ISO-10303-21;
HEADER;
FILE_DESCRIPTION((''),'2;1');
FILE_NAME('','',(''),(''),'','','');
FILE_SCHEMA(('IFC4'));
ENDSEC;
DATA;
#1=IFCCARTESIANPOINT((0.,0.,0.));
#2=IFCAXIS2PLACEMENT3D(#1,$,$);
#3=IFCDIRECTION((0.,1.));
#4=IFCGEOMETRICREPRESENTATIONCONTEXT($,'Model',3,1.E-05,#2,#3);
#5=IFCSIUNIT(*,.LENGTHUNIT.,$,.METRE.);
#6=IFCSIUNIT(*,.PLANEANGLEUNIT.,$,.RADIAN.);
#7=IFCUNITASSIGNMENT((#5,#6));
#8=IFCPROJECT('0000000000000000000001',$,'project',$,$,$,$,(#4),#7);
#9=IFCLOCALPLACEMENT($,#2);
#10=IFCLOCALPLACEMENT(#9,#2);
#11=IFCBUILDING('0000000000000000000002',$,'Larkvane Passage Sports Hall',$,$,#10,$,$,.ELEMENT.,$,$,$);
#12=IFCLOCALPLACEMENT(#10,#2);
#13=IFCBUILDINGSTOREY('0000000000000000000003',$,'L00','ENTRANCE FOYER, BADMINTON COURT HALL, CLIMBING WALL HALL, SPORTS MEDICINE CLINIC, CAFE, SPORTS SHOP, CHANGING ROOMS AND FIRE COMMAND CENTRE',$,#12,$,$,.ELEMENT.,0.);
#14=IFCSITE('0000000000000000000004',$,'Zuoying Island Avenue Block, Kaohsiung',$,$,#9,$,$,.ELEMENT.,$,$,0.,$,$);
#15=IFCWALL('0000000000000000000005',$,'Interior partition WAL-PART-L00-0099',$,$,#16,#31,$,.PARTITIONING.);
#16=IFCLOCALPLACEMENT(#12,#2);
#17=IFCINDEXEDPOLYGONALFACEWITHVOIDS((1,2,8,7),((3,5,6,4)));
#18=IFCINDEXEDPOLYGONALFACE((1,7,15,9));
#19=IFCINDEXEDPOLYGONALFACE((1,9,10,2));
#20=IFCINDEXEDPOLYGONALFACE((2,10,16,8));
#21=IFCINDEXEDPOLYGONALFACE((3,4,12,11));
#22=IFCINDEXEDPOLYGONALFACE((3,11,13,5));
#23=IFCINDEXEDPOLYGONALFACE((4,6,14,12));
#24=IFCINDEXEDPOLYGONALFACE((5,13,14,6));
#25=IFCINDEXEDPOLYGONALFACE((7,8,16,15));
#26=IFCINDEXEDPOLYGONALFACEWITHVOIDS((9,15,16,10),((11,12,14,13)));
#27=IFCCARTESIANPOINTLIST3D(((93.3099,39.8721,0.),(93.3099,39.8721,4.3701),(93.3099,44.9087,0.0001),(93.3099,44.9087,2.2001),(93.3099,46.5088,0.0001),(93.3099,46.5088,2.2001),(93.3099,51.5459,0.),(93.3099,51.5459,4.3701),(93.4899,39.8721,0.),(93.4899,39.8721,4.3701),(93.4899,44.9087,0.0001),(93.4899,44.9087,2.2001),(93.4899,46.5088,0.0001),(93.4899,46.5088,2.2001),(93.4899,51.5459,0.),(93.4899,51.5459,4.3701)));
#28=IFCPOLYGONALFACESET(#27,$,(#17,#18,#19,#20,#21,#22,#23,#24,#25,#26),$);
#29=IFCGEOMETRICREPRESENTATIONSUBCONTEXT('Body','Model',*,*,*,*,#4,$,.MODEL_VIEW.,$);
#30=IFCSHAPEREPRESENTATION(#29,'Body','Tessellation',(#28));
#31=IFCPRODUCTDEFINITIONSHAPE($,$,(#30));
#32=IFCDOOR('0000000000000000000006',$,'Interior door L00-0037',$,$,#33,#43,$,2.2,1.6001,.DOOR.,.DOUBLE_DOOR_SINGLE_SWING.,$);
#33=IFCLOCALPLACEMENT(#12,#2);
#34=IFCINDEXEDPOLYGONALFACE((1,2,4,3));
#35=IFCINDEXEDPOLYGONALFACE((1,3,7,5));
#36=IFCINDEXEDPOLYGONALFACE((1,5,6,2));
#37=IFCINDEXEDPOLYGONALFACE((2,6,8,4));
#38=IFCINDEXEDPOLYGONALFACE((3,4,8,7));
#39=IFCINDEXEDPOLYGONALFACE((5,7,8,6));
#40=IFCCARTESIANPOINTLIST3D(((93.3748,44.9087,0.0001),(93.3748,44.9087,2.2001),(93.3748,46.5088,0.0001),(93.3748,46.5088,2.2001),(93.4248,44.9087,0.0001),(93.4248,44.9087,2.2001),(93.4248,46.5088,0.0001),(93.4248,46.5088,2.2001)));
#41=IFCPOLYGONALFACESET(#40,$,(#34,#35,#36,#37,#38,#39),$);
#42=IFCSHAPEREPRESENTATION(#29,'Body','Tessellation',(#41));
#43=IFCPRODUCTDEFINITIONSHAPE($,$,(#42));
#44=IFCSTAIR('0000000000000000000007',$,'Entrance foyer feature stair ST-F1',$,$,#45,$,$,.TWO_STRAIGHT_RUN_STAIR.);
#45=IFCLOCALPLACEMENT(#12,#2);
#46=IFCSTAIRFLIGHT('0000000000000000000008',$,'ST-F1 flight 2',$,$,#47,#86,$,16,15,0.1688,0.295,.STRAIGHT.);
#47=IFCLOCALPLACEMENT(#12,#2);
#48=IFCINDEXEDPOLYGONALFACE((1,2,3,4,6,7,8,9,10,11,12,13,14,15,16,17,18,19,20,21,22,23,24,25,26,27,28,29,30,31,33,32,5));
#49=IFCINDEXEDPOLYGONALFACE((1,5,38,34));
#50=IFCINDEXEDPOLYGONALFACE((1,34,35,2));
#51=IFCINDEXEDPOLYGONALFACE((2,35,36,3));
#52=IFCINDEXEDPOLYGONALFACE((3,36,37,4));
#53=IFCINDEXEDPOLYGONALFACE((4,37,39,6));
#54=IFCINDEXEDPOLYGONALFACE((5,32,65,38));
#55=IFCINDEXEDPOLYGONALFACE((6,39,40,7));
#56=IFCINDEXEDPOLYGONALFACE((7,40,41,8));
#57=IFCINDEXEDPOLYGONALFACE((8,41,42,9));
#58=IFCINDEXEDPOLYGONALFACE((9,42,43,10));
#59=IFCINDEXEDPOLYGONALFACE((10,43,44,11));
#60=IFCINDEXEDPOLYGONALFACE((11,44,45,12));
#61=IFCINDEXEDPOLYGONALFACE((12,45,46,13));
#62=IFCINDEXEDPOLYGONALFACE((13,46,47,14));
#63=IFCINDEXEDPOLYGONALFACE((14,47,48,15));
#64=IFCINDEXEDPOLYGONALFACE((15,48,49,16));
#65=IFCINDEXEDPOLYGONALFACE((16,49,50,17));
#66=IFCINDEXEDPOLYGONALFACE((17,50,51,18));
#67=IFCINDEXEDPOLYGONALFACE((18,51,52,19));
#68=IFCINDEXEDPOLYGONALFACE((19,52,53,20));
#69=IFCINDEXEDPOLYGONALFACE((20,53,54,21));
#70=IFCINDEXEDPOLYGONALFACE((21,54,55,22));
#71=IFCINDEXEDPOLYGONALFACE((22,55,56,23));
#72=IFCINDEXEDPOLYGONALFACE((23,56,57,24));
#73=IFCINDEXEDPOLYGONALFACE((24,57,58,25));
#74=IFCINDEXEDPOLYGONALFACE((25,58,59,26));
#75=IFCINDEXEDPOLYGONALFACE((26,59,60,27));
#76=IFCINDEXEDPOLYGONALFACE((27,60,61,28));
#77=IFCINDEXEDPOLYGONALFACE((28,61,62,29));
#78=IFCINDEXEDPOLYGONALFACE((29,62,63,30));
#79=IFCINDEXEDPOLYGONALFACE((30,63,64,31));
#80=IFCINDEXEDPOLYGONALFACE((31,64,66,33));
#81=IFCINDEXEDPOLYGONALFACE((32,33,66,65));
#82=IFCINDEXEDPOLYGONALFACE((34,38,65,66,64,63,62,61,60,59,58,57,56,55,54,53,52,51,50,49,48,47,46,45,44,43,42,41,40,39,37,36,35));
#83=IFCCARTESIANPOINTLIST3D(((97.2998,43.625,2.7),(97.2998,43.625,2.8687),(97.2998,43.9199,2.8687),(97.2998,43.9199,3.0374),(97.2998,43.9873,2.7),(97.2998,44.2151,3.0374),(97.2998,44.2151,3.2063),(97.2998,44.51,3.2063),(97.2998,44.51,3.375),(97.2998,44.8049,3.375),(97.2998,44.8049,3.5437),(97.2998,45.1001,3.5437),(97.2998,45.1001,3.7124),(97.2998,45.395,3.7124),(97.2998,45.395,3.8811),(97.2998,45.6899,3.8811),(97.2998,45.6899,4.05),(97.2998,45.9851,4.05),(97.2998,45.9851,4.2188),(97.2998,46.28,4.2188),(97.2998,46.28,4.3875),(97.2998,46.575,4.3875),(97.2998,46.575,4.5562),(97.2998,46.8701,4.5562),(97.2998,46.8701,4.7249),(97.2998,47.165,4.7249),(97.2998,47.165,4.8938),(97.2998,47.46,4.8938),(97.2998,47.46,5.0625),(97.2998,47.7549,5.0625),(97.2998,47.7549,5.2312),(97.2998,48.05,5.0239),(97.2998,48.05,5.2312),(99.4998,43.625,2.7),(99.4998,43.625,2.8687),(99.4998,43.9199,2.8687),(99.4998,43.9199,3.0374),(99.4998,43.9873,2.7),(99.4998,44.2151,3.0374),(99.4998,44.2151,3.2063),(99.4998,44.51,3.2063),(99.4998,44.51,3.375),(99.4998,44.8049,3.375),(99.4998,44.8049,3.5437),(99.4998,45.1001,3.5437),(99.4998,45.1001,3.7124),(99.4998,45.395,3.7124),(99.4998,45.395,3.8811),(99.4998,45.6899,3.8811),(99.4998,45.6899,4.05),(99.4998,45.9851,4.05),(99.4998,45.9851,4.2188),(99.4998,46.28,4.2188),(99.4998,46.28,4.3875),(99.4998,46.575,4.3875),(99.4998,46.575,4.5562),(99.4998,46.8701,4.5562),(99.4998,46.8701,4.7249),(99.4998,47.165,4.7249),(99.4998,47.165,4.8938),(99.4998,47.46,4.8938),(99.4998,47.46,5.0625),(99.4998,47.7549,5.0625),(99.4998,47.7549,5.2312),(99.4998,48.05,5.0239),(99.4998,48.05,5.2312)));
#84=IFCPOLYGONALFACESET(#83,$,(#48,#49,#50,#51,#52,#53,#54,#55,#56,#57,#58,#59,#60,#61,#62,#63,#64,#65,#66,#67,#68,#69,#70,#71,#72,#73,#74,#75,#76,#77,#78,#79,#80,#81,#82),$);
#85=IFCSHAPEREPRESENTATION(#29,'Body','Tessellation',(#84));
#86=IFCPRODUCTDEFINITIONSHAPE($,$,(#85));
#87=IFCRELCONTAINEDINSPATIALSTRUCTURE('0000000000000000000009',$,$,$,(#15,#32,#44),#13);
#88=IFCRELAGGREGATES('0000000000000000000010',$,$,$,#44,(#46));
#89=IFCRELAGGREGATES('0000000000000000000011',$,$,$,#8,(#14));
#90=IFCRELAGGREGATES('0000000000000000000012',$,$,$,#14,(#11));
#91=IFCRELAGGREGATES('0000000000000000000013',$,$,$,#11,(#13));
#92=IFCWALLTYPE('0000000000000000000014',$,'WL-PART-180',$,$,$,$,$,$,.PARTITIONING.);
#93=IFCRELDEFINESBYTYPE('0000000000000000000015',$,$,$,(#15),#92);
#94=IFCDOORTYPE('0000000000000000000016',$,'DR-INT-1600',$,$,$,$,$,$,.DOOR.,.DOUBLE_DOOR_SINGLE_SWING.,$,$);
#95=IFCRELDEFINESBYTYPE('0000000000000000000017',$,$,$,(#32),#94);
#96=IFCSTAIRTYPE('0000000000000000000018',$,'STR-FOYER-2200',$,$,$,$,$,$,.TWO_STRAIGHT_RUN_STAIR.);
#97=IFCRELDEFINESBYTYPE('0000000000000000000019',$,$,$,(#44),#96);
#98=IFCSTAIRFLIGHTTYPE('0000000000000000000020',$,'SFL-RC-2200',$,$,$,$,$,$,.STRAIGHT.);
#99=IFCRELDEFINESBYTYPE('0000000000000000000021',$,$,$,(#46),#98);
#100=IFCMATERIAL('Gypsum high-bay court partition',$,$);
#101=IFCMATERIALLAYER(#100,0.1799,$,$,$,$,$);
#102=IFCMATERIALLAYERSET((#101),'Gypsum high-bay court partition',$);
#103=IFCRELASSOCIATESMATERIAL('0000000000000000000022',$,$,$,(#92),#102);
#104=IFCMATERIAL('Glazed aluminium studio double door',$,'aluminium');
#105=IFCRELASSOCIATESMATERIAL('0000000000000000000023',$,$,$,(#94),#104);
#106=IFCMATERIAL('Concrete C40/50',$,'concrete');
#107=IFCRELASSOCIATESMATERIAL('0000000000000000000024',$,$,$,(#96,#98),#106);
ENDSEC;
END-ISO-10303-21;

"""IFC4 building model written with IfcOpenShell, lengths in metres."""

from ifc_helpers import new_model, si_unit, direction, frame, frame_2d, origin, place, context, subcontext, project, spatial, polyline, rectangle, outline, extrude, material, layer, layer_set, type_object, element, fill, aggregate, save


model = new_model("IFC4")

# Units and contexts
model_context = context("Model", 3, precision=1e-05, world=origin(), true_north=direction((0.0, 1.0)))
body_context = subcontext(model_context, "Body", "Model", "MODEL_VIEW")
ifc_project = project(units=[si_unit("LENGTHUNIT", "METRE"), si_unit("PLANEANGLEUNIT", "RADIAN")], contexts=[model_context])

# Site, building, storey
site_placement = place(None, origin())
site = spatial("IfcSite", under=ifc_project, at=site_placement, Name="Zuoying Island Avenue Block, Kaohsiung", CompositionType="ELEMENT", RefElevation=0.0)
building_placement = place(site_placement, origin())
building = spatial("IfcBuilding", under=site, at=building_placement, Name="Larkvane Passage Sports Hall", CompositionType="ELEMENT")
storey_placement = place(building_placement, origin())
storey = spatial("IfcBuildingStorey", under=building, at=storey_placement, Name="L00", Description="ENTRANCE FOYER, BADMINTON COURT HALL, CLIMBING WALL HALL, SPORTS MEDICINE CLINIC, CAFE, SPORTS SHOP, CHANGING ROOMS AND FIRE COMMAND CENTRE", CompositionType="ELEMENT", Elevation=0.0)

# Shared definitions
ifc_material_1 = material(Name="Concrete C40/50", Category="concrete")

# Wall, opening, door
ifc_material_2 = material(Name="Gypsum high-bay court partition")
ifc_layer_1 = layer(ifc_material_2, 0.1799)
ifc_layer_set_1 = layer_set([ifc_layer_1], Name="Gypsum high-bay court partition")
wall_type_1 = type_object("IfcWallType", Name="WL-PART-180", PredefinedType="PARTITIONING", material=ifc_layer_set_1)
wall_1_placement = place(storey_placement, frame((93.3999, 51.5459, 0.0), z_axis=(0.0, 0.0, 1.0), x_axis=(0.0, -1.0, 0.0)))
wall_1 = element("IfcWall", 1, at=wall_1_placement, inside=storey, type_object=wall_type_1, Name="Interior partition WAL-PART-L00-0099", PredefinedType="PARTITIONING", context=body_context, shape_type="SweptSolid", body=[
    extrude(rectangle(XDim=11.6738, YDim=0.1799, at=frame_2d((5.8369, 0.0))), origin(), (0.0, 0.0, 1.0), 4.3701),
])
opening_placement = place(wall_1_placement, frame((5.0371, 0.0, 0.0)))
opening = element("IfcOpeningElement", 2, at=opening_placement, cuts=wall_1, PredefinedType="OPENING", context=body_context, shape_type="SweptSolid", body=[
    extrude(rectangle(XDim=1.6001, YDim=2.2, at=frame_2d((0.8, 1.1001))), frame((0.0, 0.0999, 0.0), z_axis=(0.0, -1.0, 0.0), x_axis=(1.0, 0.0, 0.0)), (0.0, 0.0, 1.0), 0.2),
])
ifc_material_3 = material(Name="Glazed aluminium studio double door", Category="aluminium")
door_type = type_object("IfcDoorType", Name="DR-INT-1600", OperationType="DOUBLE_DOOR_SINGLE_SWING", PredefinedType="DOOR", material=ifc_material_3)
door_placement = place(opening_placement, origin())
door = element("IfcDoor", 3, at=door_placement, inside=storey, type_object=door_type, Name="Interior door L00-0037", OperationType="DOUBLE_DOOR_SINGLE_SWING", OverallHeight=2.2, OverallWidth=1.6001, PredefinedType="DOOR", context=body_context, shape_type="SweptSolid", body=[
    extrude(rectangle(XDim=1.6001, YDim=2.2, at=frame_2d((0.8, 1.1001))), frame((0.0, 0.0249, 0.0), z_axis=(0.0, -1.0, 0.0), x_axis=(1.0, 0.0, 0.0)), (0.0, 0.0, 1.0), 0.05),
])
fill(opening, door)

# Stair, stair flight
stair_type = type_object("IfcStairType", Name="STR-FOYER-2200", PredefinedType="TWO_STRAIGHT_RUN_STAIR", material=ifc_material_1)
stair_placement = place(storey_placement, origin())
stair = element("IfcStair", 4, at=stair_placement, inside=storey, type_object=stair_type, Name="Entrance foyer feature stair ST-F1", PredefinedType="TWO_STRAIGHT_RUN_STAIR")
stair_flight_type = type_object("IfcStairFlightType", Name="SFL-RC-2200", PredefinedType="STRAIGHT", material=ifc_material_1)
stair_flight_placement = place(storey_placement, frame((98.3999, 43.625, 2.7), z_axis=(0.0, 0.0, 1.0), x_axis=(0.0, 1.0, 0.0)))
stair_flight = element("IfcStairFlight", 5, at=stair_flight_placement, type_object=stair_flight_type, Name="ST-F1 flight 2", NumberOfRisers=16, NumberOfTreads=15, PredefinedType="STRAIGHT", RiserHeight=0.1688, TreadLength=0.295, context=body_context, shape_type="SweptSolid", body=[
    extrude(outline(polyline([(0.0, 0.0), (0.0, 0.1687), (0.2949, 0.1687), (0.2949, 0.3374), (0.5901, 0.3374), (0.5901, 0.5063), (0.885, 0.5063), (0.885, 0.675), (1.1799, 0.675), (1.1799, 0.8438), (1.4751, 0.8438), (1.4751, 1.0125), (1.77, 1.0125), (1.77, 1.1812), (2.0649, 1.1812), (2.0649, 1.3501), (2.3601, 1.3501), (2.3601, 1.5188), (2.655, 1.5188), (2.655, 1.6875), (2.95, 1.6875), (2.95, 1.8562), (3.2451, 1.8562), (3.2451, 2.0249), (3.54, 2.0249), (3.54, 2.1938), (3.835, 2.1938), (3.835, 2.3625), (4.1299, 2.3625), (4.1299, 2.5312), (4.425, 2.5312), (4.425, 2.7), (4.425, 2.324), (0.3623, 0.0), (0.0, 0.0)])), frame((0.0, 1.1001, 0.0), z_axis=(0.0, -1.0, 0.0), x_axis=(1.0, 0.0, 0.0)), (0.0, 0.0, 1.0), 2.2),
])
aggregate(stair, [stair_flight])

save(model, "model.ifc")
